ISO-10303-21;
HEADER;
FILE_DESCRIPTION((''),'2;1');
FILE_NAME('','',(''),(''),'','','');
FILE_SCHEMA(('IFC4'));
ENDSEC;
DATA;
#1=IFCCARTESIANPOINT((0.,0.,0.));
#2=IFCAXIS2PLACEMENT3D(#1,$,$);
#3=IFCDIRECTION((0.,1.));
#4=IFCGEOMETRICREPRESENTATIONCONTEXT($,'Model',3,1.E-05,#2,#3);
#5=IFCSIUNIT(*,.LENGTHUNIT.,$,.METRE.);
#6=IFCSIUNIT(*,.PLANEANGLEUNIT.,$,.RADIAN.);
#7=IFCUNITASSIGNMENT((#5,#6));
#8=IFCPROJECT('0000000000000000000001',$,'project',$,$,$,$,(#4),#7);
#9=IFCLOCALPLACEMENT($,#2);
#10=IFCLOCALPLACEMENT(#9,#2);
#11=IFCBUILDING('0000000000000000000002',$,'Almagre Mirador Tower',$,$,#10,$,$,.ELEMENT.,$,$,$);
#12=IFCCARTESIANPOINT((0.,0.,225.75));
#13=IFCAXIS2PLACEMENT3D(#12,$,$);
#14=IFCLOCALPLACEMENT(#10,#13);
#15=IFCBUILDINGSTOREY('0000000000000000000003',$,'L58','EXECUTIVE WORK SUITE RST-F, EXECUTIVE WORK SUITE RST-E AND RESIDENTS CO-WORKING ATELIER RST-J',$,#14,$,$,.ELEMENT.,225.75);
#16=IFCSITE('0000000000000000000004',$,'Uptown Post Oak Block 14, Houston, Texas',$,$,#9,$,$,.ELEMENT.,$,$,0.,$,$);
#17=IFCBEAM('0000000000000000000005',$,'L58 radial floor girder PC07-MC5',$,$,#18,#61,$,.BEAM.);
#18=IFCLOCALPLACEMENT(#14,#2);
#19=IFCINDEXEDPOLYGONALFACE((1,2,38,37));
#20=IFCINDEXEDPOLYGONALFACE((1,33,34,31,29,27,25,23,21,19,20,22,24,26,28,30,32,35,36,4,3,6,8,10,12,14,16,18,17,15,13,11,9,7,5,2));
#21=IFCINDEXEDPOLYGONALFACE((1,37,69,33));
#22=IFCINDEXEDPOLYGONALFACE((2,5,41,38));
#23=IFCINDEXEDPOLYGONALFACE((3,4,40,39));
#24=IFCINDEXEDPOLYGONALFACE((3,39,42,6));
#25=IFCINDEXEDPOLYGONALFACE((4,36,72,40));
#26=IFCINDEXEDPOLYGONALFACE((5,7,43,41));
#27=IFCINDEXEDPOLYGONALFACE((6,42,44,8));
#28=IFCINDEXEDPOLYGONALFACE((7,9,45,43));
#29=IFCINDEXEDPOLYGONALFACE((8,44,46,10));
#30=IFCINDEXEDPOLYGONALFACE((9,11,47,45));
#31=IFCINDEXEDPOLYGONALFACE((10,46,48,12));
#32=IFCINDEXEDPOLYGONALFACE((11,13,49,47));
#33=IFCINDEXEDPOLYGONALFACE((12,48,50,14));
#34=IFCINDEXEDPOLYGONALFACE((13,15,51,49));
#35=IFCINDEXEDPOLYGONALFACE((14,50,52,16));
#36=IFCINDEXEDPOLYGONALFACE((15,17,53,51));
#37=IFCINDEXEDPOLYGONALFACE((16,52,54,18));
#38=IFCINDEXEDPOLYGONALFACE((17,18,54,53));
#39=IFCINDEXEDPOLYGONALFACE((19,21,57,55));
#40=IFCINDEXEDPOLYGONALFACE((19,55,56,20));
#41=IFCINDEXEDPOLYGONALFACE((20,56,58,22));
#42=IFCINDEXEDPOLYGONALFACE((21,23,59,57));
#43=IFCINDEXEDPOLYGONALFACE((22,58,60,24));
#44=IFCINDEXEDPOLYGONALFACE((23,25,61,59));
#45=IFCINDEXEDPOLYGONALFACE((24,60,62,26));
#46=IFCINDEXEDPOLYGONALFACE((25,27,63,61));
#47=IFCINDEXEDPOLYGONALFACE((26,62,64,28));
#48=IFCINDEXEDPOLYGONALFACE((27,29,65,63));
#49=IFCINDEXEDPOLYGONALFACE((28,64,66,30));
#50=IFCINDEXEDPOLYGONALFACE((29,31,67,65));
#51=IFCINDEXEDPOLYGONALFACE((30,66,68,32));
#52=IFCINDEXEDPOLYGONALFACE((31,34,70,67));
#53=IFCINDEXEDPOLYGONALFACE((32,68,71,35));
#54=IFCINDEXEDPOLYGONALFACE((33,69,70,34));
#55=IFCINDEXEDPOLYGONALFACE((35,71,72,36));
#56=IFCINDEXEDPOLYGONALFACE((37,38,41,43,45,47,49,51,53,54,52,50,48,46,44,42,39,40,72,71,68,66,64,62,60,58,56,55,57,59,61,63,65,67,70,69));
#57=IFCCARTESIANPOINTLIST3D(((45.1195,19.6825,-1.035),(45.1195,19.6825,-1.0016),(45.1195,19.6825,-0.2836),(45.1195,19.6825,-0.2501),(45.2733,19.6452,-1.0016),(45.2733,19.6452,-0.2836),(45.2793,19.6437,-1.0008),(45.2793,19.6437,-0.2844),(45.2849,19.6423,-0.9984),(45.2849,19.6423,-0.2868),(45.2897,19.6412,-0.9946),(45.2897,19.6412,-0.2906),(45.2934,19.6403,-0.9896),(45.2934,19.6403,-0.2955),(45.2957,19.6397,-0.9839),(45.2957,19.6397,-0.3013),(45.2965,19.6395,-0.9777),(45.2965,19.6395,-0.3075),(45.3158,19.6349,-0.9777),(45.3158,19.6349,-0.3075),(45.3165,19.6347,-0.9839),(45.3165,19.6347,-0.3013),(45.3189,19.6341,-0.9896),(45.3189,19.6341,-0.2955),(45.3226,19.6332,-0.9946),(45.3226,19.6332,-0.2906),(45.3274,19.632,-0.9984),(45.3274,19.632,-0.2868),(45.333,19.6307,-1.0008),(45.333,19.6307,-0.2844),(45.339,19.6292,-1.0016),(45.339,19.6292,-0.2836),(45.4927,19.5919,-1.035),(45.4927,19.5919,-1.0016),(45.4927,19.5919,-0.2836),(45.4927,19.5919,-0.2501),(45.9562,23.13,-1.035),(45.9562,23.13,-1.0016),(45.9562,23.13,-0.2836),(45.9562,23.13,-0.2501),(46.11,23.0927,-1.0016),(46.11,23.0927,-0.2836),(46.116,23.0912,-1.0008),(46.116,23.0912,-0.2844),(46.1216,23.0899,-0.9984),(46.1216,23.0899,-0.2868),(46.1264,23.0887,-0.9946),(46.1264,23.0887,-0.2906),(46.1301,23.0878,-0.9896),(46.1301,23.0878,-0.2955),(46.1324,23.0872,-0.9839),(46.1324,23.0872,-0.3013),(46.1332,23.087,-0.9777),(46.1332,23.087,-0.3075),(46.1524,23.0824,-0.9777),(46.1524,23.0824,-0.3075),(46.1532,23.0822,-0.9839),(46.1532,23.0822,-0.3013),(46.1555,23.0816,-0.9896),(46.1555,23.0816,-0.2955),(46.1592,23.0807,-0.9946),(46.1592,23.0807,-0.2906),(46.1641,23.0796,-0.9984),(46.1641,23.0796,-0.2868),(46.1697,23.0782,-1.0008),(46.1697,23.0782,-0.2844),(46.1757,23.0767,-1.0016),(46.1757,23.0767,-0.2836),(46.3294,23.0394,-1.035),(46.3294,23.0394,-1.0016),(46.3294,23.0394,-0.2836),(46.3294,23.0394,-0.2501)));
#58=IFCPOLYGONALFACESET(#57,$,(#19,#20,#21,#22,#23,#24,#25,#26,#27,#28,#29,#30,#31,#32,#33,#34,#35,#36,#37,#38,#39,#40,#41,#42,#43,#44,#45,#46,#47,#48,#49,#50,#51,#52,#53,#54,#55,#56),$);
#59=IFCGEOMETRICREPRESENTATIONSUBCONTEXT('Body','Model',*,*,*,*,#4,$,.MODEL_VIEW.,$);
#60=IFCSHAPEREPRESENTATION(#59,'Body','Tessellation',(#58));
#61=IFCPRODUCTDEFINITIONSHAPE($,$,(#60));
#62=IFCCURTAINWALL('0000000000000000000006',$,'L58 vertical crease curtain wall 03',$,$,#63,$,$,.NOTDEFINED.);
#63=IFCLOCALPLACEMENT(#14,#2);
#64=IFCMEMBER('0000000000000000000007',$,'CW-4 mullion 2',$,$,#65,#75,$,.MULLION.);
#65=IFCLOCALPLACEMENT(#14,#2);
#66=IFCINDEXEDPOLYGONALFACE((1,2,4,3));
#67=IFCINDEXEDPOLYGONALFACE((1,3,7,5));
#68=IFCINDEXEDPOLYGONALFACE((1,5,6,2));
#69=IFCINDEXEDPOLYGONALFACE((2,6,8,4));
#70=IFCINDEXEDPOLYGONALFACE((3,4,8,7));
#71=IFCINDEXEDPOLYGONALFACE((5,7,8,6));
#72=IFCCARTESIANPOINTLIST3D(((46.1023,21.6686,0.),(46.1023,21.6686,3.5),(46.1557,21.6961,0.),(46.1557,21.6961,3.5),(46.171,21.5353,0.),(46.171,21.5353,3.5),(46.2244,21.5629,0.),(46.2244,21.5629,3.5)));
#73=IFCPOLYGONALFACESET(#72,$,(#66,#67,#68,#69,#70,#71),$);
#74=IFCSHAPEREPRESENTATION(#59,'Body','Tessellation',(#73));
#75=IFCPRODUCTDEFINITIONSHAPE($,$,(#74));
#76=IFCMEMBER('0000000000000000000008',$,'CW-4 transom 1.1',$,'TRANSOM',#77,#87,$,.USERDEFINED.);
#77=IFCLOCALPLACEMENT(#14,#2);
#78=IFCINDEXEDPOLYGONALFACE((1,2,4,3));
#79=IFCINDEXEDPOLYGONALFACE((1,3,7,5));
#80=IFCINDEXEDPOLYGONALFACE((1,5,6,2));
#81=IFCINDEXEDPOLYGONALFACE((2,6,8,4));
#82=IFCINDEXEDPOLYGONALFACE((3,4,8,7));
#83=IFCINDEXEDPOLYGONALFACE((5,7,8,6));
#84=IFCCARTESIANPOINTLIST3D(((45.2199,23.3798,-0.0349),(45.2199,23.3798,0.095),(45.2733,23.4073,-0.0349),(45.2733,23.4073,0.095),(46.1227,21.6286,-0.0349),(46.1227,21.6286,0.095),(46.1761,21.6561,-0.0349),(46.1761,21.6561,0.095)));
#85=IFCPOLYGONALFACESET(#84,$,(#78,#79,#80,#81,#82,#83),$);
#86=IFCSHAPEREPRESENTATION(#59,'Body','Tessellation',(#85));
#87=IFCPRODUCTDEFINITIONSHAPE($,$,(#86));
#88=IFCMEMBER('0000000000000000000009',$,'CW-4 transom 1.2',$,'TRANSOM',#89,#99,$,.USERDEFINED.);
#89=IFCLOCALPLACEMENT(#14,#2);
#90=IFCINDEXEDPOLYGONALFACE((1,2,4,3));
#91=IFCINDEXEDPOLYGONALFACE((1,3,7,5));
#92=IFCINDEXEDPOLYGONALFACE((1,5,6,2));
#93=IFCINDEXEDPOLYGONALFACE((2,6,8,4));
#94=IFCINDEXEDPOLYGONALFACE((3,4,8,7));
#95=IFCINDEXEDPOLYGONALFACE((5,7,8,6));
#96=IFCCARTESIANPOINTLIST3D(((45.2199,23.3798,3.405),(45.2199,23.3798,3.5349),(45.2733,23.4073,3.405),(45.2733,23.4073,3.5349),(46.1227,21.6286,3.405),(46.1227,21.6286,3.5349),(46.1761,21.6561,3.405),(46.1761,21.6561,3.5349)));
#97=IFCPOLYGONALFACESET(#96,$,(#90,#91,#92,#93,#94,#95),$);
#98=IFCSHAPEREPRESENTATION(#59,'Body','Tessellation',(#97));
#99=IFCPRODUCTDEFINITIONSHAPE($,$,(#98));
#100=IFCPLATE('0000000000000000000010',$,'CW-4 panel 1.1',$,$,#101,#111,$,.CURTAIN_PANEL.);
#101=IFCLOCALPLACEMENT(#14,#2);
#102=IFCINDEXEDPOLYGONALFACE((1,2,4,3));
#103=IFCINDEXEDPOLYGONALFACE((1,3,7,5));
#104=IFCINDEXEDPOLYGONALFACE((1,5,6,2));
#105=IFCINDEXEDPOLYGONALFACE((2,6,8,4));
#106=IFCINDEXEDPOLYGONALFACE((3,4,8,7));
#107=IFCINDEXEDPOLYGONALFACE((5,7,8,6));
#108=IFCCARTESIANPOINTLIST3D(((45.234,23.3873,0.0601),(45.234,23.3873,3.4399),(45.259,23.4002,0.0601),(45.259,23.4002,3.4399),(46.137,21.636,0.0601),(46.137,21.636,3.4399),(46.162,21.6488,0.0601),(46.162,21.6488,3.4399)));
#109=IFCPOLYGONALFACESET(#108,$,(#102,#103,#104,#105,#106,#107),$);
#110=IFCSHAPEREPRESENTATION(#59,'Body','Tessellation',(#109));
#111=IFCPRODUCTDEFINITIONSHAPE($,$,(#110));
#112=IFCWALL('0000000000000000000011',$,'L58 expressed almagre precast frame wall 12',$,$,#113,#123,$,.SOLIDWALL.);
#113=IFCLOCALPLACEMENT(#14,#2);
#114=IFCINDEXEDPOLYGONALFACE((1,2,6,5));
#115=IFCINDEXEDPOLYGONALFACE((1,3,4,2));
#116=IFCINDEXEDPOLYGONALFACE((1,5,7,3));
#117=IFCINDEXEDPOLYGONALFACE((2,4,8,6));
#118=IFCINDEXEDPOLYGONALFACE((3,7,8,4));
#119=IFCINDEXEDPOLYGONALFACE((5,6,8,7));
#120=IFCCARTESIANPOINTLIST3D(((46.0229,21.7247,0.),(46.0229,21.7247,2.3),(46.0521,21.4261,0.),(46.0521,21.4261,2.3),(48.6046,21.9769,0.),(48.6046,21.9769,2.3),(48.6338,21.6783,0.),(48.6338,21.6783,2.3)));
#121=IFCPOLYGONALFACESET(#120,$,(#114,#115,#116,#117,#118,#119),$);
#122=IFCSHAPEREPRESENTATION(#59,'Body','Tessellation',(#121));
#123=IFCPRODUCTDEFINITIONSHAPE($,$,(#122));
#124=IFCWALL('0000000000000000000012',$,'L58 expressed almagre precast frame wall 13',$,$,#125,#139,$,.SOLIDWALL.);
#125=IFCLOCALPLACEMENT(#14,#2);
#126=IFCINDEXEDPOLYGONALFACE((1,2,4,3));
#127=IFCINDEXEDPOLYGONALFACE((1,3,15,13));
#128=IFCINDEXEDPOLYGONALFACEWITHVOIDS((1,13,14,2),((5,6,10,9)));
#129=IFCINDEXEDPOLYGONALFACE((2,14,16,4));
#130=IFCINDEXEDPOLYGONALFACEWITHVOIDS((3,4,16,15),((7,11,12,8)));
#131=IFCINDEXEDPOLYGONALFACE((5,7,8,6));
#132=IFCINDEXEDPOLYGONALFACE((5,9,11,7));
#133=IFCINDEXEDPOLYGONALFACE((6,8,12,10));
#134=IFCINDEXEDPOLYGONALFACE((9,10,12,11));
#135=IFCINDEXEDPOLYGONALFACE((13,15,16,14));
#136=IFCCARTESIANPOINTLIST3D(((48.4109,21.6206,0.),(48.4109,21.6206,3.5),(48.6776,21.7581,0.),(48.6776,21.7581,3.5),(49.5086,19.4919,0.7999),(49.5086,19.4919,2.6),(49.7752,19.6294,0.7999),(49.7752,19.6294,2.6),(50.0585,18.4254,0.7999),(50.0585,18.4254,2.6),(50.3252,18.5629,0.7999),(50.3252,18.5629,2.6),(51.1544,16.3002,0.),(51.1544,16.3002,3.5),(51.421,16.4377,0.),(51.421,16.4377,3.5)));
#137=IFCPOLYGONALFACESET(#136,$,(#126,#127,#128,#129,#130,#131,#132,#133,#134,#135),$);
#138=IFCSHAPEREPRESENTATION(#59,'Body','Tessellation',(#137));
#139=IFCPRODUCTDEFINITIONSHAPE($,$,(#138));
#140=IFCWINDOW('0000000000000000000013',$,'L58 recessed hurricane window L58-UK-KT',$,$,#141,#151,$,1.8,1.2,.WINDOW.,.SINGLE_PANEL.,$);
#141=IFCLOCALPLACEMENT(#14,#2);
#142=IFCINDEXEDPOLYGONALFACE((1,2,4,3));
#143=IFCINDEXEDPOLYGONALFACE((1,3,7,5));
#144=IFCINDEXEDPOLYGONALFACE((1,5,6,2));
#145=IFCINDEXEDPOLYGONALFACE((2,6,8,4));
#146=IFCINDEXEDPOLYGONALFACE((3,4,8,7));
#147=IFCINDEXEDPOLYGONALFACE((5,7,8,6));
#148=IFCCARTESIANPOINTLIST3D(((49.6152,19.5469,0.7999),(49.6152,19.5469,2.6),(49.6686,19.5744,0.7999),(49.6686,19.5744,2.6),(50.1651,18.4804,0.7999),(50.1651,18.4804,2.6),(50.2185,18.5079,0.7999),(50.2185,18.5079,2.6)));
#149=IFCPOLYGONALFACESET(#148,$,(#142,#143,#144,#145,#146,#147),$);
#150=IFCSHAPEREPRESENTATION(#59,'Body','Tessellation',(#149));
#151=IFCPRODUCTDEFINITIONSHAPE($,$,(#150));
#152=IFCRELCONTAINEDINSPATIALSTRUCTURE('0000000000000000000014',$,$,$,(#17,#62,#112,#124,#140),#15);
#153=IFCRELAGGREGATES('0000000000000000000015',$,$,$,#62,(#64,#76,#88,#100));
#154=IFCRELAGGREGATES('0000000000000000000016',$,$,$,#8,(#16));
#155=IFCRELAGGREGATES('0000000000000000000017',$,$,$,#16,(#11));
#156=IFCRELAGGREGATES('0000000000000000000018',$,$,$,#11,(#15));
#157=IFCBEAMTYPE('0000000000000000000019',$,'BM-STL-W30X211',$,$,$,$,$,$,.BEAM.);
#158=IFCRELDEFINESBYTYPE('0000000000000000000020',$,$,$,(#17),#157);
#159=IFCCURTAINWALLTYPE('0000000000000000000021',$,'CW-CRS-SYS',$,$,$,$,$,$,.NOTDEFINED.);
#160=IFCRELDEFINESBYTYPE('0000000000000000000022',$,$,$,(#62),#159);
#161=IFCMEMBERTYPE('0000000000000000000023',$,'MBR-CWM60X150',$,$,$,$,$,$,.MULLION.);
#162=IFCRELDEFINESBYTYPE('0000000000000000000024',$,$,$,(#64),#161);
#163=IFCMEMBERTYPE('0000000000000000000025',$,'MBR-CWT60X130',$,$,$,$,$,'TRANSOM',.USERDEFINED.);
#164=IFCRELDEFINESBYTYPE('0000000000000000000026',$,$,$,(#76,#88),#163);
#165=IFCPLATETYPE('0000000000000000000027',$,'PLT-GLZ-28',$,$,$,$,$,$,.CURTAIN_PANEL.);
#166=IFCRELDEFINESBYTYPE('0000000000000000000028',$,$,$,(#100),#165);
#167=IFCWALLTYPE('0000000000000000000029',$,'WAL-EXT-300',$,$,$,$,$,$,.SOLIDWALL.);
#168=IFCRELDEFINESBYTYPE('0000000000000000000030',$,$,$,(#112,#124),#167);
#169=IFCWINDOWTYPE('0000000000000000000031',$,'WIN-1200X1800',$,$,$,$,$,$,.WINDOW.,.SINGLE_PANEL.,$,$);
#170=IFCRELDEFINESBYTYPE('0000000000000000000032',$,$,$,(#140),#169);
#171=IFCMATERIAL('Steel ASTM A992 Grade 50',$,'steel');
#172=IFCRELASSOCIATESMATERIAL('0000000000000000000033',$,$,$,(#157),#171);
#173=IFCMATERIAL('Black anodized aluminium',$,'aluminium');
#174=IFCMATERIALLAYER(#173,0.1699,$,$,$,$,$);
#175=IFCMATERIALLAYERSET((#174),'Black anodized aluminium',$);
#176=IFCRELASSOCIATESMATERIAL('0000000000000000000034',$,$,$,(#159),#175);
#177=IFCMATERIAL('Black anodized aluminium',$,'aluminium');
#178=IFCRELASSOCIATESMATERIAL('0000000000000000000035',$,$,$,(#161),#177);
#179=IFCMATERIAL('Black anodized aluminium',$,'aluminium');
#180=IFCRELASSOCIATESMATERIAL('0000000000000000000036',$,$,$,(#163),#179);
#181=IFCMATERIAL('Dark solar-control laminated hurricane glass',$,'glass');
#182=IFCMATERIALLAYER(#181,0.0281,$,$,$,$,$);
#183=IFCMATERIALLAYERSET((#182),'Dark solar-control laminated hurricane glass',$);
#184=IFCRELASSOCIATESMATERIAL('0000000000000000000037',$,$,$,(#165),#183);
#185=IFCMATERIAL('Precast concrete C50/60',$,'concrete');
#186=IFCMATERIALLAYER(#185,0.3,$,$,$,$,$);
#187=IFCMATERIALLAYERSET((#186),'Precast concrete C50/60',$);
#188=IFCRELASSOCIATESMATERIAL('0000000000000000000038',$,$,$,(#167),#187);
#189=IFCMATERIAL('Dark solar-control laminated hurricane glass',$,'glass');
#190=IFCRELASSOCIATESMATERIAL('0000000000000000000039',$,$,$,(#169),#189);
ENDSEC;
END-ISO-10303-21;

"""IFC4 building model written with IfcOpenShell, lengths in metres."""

from ifc_helpers import new_model, si_unit, direction, frame, frame_2d, origin, origin_2d, place, context, subcontext, project, spatial, rectangle, i_section, extrude, material, layer, layer_set, material_profile, profile_set, type_object, element, fill, aggregate, save


model = new_model("IFC4")

# Units and contexts
model_context = context("Model", 3, precision=1e-05, world=origin(), true_north=direction((0.0, 1.0)))
body_context = subcontext(model_context, "Body", "Model", "MODEL_VIEW")
ifc_project = project(units=[si_unit("LENGTHUNIT", "METRE"), si_unit("PLANEANGLEUNIT", "RADIAN")], contexts=[model_context])

# Site, building, storey
site_placement = place(None, origin())
site = spatial("IfcSite", under=ifc_project, at=site_placement, Name="Uptown Post Oak Block 14, Houston, Texas", CompositionType="ELEMENT", RefElevation=0.0)
building_placement = place(site_placement, origin())
building = spatial("IfcBuilding", under=site, at=building_placement, Name="Almagre Mirador Tower", CompositionType="ELEMENT")
storey_placement = place(building_placement, frame((0.0, 0.0, 225.75)))
storey = spatial("IfcBuildingStorey", under=building, at=storey_placement, Name="L58", Description="EXECUTIVE WORK SUITE RST-F, EXECUTIVE WORK SUITE RST-E AND RESIDENTS CO-WORKING ATELIER RST-J", CompositionType="ELEMENT", Elevation=225.75)

# Beam
ifc_material_1 = material(Name="Steel ASTM A992 Grade 50", Category="steel")
ifc_material_profile_1 = material_profile(ifc_material_1, i_section(OverallWidth=0.384, OverallDepth=0.7849, WebThickness=0.0198, FlangeThickness=0.0334, FilletRadius=0.0239, at=origin_2d()), Name="W30X211")
ifc_profile_set_1 = profile_set([ifc_material_profile_1], Name="Steel ASTM A992 Grade 50")
beam_type_1 = type_object("IfcBeamType", Name="BM-STL-W30X211", PredefinedType="BEAM", material=ifc_profile_set_1)
beam_1_placement = place(storey_placement, frame((46.1428, 23.0847, -0.6426), z_axis=(-0.235842, -0.971791, 0.0), x_axis=(0.971791, -0.235842, 0.0)))
element("IfcBeam", 1, at=beam_1_placement, inside=storey, type_object=beam_type_1, Name="L58 radial floor girder PC07-MC5", PredefinedType="BEAM", context=body_context, shape_type="SweptSolid", body=[
    extrude(i_section(OverallWidth=0.384, OverallDepth=0.7849, WebThickness=0.0198, FlangeThickness=0.0334, FilletRadius=0.0239, at=origin_2d()), origin(), (0.0, 0.0, 1.0), 3.5476),
])

# Curtain wall, members, plate
ifc_material_2 = material(Name="Black anodized aluminium", Category="aluminium")
ifc_layer_1 = layer(ifc_material_2, 0.1699)
ifc_layer_set_1 = layer_set([ifc_layer_1], Name="Black anodized aluminium")
curtain_wall_type = type_object("IfcCurtainWallType", Name="CW-CRS-SYS", PredefinedType="NOTDEFINED", material=ifc_layer_set_1)
curtain_wall_placement = place(storey_placement, origin())
curtain_wall = element("IfcCurtainWall", 2, at=curtain_wall_placement, inside=storey, type_object=curtain_wall_type, Name="L58 vertical crease curtain wall 03", PredefinedType="NOTDEFINED")
ifc_material_3 = material(Name="Black anodized aluminium", Category="aluminium")
ifc_material_profile_2 = material_profile(ifc_material_3, rectangle(XDim=0.0601, YDim=0.1499, at=origin_2d()), Name="CWM60X150")
ifc_profile_set_2 = profile_set([ifc_material_profile_2], Name="Black anodized aluminium")
member_type_1 = type_object("IfcMemberType", Name="MBR-CWM60X150", PredefinedType="MULLION", material=ifc_profile_set_2)
member_1_placement = place(storey_placement, frame((46.1633, 21.6157, 0.0), z_axis=(0.0, 0.0, 1.0), x_axis=(0.888809, 0.458277, 0.0)))
member_1 = element("IfcMember", 3, at=member_1_placement, type_object=member_type_1, Name="CW-4 mullion 2", PredefinedType="MULLION", context=body_context, shape_type="SweptSolid", body=[
    extrude(rectangle(XDim=0.0601, YDim=0.1499, at=origin_2d()), origin(), (0.0, 0.0, 1.0), 3.5),
])
ifc_material_4 = material(Name="Black anodized aluminium", Category="aluminium")
ifc_material_profile_3 = material_profile(ifc_material_4, rectangle(XDim=0.0601, YDim=0.1299, at=origin_2d()), Name="CWT60X130")
ifc_profile_set_3 = profile_set([ifc_material_profile_3], Name="Black anodized aluminium")
member_type_2 = type_object("IfcMemberType", Name="MBR-CWT60X130", ElementType="TRANSOM", PredefinedType="USERDEFINED", material=ifc_profile_set_3)
member_2_placement = place(storey_placement, frame((45.2466, 23.3936, 0.03), z_axis=(0.458233, -0.888832, 0.0), x_axis=(0.888832, 0.458233, 0.0)))
member_2 = element("IfcMember", 4, at=member_2_placement, type_object=member_type_2, Name="CW-4 transom 1.1", ObjectType="TRANSOM", PredefinedType="USERDEFINED", context=body_context, shape_type="SweptSolid", body=[
    extrude(rectangle(XDim=0.0601, YDim=0.1299, at=origin_2d()), origin(), (0.0, 0.0, 1.0), 1.9702),
])
member_3_placement = place(storey_placement, frame((45.2466, 23.3936, 3.47), z_axis=(0.458233, -0.888832, 0.0), x_axis=(0.888832, 0.458233, 0.0)))
member_3 = element("IfcMember", 5, at=member_3_placement, type_object=member_type_2, Name="CW-4 transom 1.2", ObjectType="TRANSOM", PredefinedType="USERDEFINED", context=body_context, shape_type="SweptSolid", body=[
    extrude(rectangle(XDim=0.0601, YDim=0.1299, at=origin_2d()), origin(), (0.0, 0.0, 1.0), 1.9702),
])
ifc_material_5 = material(Name="Dark solar-control laminated hurricane glass", Category="glass")
ifc_layer_2 = layer(ifc_material_5, 0.0281)
ifc_layer_set_2 = layer_set([ifc_layer_2], Name="Dark solar-control laminated hurricane glass")
plate_type = type_object("IfcPlateType", Name="PLT-GLZ-28", PredefinedType="CURTAIN_PANEL", material=ifc_layer_set_2)
plate_placement = place(storey_placement, frame((45.698, 22.5181, 0.0601), z_axis=(0.0, 0.0, 1.0), x_axis=(0.458277, -0.888809, 0.0)))
plate = element("IfcPlate", 6, at=plate_placement, type_object=plate_type, Name="CW-4 panel 1.1", PredefinedType="CURTAIN_PANEL", context=body_context, shape_type="SweptSolid", body=[
    extrude(rectangle(XDim=1.9705, YDim=0.0281, at=origin_2d()), origin(), (0.0, 0.0, 1.0), 3.3799),
])
aggregate(curtain_wall, [member_1, member_2, member_3, plate])

# Wall
ifc_material_6 = material(Name="Precast concrete C50/60", Category="concrete")
ifc_layer_3 = layer(ifc_material_6, 0.3)
ifc_layer_set_3 = layer_set([ifc_layer_3], Name="Precast concrete C50/60")
wall_type_1 = type_object("IfcWallType", Name="WAL-EXT-300", PredefinedType="SOLIDWALL", material=ifc_layer_set_3)
wall_1_placement = place(storey_placement, frame((46.0376, 21.5754, 0.0), z_axis=(0.0, 0.0, 1.0), x_axis=(0.995263, 0.09722, 0.0)))
element("IfcWall", 7, at=wall_1_placement, inside=storey, type_object=wall_type_1, Name="L58 expressed almagre precast frame wall 12", PredefinedType="SOLIDWALL", context=body_context, shape_type="SweptSolid", body=[
    extrude(rectangle(XDim=2.594, YDim=0.3, at=frame_2d((1.2969, 0.0))), origin(), (0.0, 0.0, 1.0), 2.3),
])

# Wall, opening, window
wall_2_placement = place(storey_placement, frame((48.5442, 21.6895, 0.0), z_axis=(0.0, 0.0, 1.0), x_axis=(0.458305, -0.888795, 0.0)))
wall_2 = element("IfcWall", 8, at=wall_2_placement, inside=storey, type_object=wall_type_1, Name="L58 expressed almagre precast frame wall 13", PredefinedType="SOLIDWALL", context=body_context, shape_type="SweptSolid", body=[
    extrude(rectangle(XDim=5.9861, YDim=0.3, at=frame_2d((2.9932, 0.0))), origin(), (0.0, 0.0, 1.0), 3.5),
])
opening_1_placement = place(wall_2_placement, frame((2.395, 0.0, 0.8)))
opening_1 = element("IfcOpeningElement", 9, at=opening_1_placement, cuts=wall_2, PredefinedType="OPENING", context=body_context, shape_type="SweptSolid", body=[
    extrude(rectangle(XDim=1.2, YDim=1.8, at=frame_2d((0.6001, 0.8999))), frame((0.0, 0.1599, 0.0), z_axis=(0.0, -1.0, 0.0), x_axis=(1.0, 0.0, 0.0)), (0.0, 0.0, 1.0), 0.32),
])
ifc_material_7 = material(Name="Dark solar-control laminated hurricane glass", Category="glass")
window_type_1 = type_object("IfcWindowType", Name="WIN-1200X1800", PartitioningType="SINGLE_PANEL", PredefinedType="WINDOW", material=ifc_material_7)
window_1_placement = place(opening_1_placement, origin())
window_1 = element("IfcWindow", 10, at=window_1_placement, inside=storey, type_object=window_type_1, Name="L58 recessed hurricane window L58-UK-KT", OverallHeight=1.8, OverallWidth=1.2, PartitioningType="SINGLE_PANEL", PredefinedType="WINDOW", context=body_context, shape_type="SweptSolid", body=[
    extrude(rectangle(XDim=1.2, YDim=1.8, at=frame_2d((0.6001, 0.8999))), frame((0.0, 0.03, 0.0), z_axis=(0.0, -1.0, 0.0), x_axis=(1.0, 0.0, 0.0)), (0.0, 0.0, 1.0), 0.0601),
])
fill(opening_1, window_1)

save(model, "model.ifc")
